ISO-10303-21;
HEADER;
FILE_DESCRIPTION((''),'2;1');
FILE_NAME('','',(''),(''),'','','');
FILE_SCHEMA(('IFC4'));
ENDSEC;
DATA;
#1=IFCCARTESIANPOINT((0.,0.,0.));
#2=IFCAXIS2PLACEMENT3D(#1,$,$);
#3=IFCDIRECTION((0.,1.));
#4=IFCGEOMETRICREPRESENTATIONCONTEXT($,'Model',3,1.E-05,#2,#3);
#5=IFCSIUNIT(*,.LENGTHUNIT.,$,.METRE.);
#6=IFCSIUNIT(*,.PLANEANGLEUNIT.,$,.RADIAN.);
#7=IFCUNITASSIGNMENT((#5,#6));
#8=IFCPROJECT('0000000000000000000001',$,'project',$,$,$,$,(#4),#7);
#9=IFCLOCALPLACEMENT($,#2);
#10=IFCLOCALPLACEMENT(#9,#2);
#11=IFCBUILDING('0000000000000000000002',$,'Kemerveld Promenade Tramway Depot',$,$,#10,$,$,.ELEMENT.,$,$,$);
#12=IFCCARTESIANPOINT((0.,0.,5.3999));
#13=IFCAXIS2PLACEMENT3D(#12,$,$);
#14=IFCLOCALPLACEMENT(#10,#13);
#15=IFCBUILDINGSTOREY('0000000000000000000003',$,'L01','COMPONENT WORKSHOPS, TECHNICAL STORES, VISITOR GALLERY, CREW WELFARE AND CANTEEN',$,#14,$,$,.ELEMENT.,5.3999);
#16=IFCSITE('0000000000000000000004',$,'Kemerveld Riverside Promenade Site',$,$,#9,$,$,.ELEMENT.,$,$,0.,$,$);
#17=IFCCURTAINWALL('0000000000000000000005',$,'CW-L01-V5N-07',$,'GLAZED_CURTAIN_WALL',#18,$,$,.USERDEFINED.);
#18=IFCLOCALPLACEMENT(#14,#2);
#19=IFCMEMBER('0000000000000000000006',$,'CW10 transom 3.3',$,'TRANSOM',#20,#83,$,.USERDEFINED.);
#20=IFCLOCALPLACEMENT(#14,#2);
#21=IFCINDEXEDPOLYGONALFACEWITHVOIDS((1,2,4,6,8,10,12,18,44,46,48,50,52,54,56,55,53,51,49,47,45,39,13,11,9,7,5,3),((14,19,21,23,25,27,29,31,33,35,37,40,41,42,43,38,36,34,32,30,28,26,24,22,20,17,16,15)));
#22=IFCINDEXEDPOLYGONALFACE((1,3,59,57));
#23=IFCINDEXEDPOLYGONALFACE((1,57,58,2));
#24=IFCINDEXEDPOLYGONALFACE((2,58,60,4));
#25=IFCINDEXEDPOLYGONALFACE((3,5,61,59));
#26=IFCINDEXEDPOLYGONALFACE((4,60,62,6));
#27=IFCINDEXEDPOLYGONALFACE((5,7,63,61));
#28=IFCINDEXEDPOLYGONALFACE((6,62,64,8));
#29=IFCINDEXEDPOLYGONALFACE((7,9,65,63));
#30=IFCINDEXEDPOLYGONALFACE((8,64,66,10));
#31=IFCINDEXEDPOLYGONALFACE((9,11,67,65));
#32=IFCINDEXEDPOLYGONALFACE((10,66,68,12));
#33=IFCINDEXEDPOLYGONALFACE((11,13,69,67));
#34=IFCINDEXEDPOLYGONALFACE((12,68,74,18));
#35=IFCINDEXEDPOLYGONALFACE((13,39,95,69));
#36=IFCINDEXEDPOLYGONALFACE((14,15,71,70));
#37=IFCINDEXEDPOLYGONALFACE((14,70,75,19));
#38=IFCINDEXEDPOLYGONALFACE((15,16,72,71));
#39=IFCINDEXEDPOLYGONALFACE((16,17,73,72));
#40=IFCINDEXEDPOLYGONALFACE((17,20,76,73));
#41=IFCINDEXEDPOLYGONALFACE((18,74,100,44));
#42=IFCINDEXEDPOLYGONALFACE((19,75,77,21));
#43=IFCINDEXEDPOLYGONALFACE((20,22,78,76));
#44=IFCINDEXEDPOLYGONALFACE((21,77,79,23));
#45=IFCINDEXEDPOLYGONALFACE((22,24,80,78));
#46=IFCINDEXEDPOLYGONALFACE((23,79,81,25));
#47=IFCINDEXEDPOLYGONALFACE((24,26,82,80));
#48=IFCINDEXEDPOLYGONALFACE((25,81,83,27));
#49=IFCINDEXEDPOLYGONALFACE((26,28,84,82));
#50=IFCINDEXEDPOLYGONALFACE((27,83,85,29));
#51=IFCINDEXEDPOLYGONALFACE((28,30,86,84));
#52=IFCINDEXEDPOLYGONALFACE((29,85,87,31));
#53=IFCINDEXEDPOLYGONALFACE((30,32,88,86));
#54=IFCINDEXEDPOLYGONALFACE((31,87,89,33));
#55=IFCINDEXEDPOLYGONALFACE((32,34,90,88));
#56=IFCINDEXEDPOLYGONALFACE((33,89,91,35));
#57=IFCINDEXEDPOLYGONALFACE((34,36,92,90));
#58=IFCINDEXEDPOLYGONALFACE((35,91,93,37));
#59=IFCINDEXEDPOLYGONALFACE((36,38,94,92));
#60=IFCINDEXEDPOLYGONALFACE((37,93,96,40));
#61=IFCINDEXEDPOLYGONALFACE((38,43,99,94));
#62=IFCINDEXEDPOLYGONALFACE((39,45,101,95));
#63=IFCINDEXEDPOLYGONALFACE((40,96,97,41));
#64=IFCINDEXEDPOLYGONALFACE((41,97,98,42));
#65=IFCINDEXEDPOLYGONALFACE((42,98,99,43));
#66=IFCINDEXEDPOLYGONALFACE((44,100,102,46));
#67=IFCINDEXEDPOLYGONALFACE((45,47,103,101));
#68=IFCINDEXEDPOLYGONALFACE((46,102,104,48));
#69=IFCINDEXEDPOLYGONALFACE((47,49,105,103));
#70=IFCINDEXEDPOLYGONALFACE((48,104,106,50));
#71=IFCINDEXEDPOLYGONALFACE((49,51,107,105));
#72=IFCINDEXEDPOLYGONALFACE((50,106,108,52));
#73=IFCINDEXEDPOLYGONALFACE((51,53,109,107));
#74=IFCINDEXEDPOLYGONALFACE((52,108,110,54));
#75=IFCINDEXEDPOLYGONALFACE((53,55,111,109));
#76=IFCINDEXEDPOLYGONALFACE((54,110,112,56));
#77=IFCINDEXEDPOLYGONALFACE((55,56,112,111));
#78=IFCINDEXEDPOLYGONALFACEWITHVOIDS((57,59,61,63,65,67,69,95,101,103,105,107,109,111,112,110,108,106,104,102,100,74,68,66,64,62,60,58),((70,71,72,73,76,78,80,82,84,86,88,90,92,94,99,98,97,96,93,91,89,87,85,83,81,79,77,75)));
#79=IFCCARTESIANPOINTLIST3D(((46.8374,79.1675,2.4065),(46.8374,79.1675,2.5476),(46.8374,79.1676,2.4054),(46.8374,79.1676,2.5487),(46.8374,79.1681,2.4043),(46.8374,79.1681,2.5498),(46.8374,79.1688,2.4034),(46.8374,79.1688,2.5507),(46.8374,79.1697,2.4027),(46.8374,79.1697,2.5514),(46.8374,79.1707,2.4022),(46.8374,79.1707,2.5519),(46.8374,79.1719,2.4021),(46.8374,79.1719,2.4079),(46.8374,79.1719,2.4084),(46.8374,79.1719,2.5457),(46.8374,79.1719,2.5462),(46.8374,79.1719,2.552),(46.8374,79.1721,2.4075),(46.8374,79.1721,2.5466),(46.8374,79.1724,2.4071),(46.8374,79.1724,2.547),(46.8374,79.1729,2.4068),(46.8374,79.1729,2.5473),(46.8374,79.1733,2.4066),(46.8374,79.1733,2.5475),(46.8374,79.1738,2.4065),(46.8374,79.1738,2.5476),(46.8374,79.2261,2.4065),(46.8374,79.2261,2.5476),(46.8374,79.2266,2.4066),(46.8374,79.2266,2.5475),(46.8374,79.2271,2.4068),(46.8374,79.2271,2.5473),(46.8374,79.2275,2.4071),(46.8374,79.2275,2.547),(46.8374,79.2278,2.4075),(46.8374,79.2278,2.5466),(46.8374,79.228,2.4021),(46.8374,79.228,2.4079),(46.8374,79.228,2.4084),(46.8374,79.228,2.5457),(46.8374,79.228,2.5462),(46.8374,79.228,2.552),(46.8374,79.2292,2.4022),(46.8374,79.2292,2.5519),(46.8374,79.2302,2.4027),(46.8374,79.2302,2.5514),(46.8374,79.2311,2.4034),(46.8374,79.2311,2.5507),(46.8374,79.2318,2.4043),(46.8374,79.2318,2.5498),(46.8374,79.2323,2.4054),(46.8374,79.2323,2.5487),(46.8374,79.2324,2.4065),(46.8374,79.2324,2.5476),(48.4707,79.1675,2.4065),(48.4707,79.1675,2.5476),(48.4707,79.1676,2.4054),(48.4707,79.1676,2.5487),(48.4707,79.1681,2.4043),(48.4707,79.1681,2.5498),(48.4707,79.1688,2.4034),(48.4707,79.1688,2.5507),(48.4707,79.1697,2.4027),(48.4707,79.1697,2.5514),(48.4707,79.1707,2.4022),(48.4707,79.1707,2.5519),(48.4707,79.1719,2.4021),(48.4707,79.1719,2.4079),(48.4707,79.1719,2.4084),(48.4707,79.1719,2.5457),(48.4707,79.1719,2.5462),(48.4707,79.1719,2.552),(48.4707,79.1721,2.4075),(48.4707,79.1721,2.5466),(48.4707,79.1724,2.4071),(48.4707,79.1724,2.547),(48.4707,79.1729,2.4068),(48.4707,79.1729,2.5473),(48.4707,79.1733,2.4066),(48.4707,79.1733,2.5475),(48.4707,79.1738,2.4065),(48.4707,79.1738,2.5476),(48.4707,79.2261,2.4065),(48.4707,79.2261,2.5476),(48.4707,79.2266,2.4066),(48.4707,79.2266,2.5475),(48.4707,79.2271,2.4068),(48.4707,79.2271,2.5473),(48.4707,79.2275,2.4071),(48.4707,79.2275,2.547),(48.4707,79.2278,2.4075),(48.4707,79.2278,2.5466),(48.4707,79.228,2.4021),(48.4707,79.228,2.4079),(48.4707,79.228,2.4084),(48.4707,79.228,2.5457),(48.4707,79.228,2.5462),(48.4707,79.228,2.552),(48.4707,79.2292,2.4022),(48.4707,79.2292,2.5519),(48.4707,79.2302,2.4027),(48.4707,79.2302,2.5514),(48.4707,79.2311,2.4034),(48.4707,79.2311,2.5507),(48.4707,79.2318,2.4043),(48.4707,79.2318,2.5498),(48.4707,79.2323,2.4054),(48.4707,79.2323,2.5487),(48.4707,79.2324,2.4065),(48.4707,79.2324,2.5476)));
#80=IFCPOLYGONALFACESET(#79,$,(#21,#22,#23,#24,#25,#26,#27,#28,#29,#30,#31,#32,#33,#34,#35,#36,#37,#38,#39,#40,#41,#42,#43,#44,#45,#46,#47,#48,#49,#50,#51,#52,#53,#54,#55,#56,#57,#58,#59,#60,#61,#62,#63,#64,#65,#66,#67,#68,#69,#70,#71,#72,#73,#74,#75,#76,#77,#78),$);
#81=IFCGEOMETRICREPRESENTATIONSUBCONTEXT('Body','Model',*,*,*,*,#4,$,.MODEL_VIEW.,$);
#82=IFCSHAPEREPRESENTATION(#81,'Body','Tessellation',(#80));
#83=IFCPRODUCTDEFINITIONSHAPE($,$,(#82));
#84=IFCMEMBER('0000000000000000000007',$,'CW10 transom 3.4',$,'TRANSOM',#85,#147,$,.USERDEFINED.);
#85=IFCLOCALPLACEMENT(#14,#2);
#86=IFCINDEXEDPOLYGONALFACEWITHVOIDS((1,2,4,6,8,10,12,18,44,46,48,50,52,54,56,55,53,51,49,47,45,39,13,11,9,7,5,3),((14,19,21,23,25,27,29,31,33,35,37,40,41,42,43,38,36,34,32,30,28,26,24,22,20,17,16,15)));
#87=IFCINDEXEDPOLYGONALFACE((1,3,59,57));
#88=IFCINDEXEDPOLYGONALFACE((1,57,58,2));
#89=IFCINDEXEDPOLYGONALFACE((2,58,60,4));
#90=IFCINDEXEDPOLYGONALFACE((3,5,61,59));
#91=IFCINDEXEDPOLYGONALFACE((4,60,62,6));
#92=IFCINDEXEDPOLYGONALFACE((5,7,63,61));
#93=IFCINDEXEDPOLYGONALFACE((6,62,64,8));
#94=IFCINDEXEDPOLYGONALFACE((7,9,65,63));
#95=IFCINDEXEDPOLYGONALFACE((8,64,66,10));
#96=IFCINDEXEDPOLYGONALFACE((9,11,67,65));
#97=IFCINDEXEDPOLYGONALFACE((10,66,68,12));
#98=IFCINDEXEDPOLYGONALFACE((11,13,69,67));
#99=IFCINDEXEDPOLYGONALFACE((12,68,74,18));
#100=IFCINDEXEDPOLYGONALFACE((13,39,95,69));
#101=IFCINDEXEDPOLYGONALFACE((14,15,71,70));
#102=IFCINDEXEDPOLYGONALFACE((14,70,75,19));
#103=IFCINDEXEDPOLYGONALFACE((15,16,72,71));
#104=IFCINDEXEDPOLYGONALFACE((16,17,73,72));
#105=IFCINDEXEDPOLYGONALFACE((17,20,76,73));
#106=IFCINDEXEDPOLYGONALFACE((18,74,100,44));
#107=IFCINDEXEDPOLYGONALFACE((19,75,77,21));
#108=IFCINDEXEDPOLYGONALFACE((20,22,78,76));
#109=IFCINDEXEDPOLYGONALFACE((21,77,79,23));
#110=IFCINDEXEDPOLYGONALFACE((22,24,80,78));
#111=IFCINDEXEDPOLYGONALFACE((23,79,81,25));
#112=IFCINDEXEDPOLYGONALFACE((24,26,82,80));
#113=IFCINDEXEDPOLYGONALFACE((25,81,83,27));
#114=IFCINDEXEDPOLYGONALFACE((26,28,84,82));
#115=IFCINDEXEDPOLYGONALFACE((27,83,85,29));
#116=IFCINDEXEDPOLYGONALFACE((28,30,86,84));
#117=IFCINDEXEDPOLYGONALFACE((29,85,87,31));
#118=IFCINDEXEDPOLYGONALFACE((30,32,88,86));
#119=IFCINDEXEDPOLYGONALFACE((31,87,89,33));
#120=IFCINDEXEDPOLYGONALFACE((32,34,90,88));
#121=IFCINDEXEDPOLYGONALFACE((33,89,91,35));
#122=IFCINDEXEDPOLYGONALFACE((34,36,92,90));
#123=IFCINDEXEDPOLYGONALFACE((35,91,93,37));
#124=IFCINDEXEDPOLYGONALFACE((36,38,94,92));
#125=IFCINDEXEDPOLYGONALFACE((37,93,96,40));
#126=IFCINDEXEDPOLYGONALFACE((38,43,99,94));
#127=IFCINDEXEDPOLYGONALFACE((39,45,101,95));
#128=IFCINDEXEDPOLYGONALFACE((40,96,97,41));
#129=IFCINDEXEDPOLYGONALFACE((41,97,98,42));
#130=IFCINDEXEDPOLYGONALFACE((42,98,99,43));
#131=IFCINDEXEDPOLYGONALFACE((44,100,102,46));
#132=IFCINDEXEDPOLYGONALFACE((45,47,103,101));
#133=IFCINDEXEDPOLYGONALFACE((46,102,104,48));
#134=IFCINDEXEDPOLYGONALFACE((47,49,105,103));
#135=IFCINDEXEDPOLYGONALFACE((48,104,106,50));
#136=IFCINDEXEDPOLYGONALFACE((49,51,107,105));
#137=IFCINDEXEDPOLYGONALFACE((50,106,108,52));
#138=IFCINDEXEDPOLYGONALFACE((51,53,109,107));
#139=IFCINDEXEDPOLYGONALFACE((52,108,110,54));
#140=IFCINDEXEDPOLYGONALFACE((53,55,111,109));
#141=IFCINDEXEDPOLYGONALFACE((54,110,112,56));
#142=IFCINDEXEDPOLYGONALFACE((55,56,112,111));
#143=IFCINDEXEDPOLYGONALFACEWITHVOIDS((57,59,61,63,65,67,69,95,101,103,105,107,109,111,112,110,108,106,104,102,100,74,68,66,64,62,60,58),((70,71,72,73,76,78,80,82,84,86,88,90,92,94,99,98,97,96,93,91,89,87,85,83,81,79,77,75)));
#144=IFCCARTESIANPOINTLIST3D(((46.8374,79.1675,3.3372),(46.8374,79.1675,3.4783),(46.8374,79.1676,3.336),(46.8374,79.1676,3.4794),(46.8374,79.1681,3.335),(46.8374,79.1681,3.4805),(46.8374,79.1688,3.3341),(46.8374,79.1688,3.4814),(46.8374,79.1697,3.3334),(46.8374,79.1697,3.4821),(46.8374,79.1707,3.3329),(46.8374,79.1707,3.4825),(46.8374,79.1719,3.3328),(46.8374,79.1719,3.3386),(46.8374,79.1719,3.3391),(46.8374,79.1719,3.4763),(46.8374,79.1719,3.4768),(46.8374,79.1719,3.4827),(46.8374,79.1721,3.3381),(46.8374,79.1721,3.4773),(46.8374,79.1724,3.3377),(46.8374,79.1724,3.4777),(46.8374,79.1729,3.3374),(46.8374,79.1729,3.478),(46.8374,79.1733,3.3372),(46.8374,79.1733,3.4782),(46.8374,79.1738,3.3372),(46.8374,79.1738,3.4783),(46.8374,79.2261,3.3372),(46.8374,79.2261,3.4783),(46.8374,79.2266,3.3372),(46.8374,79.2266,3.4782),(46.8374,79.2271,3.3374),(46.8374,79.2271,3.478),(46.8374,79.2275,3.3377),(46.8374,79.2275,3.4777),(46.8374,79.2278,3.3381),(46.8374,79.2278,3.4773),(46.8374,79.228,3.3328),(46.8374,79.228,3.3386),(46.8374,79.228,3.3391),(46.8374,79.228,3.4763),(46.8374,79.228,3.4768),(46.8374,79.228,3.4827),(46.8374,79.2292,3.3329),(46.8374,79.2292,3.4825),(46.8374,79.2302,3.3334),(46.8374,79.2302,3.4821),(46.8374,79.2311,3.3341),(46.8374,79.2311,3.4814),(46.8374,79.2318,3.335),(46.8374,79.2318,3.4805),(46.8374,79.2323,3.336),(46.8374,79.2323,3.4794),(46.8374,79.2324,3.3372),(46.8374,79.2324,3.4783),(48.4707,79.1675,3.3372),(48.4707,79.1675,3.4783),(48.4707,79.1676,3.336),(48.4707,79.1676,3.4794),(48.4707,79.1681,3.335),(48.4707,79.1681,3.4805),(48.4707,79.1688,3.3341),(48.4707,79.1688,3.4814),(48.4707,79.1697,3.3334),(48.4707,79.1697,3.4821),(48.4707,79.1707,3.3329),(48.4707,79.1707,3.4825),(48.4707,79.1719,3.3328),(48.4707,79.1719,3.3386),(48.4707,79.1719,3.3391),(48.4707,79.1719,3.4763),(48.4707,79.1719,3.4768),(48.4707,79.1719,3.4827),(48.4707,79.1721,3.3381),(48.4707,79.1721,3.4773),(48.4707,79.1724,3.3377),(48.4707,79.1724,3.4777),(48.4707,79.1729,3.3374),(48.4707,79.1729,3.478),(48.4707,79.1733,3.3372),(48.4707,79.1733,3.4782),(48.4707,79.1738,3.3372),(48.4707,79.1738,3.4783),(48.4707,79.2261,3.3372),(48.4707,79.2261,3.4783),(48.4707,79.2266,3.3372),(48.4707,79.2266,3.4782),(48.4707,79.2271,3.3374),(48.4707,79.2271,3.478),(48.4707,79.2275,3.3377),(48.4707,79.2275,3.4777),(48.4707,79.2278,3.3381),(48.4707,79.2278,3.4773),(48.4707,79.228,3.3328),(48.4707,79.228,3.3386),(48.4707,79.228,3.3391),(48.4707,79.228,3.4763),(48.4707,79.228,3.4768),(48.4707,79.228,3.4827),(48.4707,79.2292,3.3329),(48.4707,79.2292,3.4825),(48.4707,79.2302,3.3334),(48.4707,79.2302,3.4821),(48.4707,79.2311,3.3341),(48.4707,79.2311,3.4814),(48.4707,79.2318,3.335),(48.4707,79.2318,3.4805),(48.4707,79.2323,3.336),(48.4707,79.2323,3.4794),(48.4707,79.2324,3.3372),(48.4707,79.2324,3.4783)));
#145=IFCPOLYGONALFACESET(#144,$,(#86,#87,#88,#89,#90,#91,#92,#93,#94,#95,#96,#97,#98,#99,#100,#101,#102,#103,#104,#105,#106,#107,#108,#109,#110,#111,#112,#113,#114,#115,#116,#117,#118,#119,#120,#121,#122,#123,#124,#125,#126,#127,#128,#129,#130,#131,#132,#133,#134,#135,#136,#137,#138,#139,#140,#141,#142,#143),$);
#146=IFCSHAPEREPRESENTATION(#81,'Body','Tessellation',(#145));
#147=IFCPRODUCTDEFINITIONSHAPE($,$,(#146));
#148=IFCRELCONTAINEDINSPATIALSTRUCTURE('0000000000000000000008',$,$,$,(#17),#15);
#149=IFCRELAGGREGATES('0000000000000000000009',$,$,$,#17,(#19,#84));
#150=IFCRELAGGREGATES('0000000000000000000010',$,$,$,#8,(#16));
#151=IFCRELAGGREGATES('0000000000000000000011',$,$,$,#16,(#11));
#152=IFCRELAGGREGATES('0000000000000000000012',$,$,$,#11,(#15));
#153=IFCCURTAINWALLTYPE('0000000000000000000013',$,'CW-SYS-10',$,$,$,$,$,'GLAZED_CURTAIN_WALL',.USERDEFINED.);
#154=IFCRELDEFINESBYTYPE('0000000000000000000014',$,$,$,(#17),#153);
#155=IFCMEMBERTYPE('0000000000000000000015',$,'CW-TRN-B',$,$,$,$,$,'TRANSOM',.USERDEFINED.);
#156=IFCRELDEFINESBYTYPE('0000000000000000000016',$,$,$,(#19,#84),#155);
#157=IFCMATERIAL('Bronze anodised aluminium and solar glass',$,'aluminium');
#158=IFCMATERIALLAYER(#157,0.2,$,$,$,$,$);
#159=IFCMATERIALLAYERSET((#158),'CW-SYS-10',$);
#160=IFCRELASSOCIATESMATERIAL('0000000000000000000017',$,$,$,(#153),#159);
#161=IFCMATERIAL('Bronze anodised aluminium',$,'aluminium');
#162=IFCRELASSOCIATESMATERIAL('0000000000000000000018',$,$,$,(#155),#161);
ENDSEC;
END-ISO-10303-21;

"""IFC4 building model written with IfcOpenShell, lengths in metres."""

from ifc_helpers import new_model, si_unit, direction, frame, origin, origin_2d, place, context, subcontext, project, spatial, hollow_rectangle, extrude, material, layer, layer_set, material_profile, profile_set, type_object, element, aggregate, save


model = new_model("IFC4")

# Units and contexts
model_context = context("Model", 3, precision=1e-05, world=origin(), true_north=direction((0.0, 1.0)))
body_context = subcontext(model_context, "Body", "Model", "MODEL_VIEW")
ifc_project = project(units=[si_unit("LENGTHUNIT", "METRE"), si_unit("PLANEANGLEUNIT", "RADIAN")], contexts=[model_context])

# Site, building, storey
site_placement = place(None, origin())
site = spatial("IfcSite", under=ifc_project, at=site_placement, Name="Kemerveld Riverside Promenade Site", CompositionType="ELEMENT", RefElevation=0.0)
building_placement = place(site_placement, origin())
building = spatial("IfcBuilding", under=site, at=building_placement, Name="Kemerveld Promenade Tramway Depot", CompositionType="ELEMENT")
storey_placement = place(building_placement, frame((0.0, 0.0, 5.3999)))
storey = spatial("IfcBuildingStorey", under=building, at=storey_placement, Name="L01", Description="COMPONENT WORKSHOPS, TECHNICAL STORES, VISITOR GALLERY, CREW WELFARE AND CANTEEN", CompositionType="ELEMENT", Elevation=5.3999)

# Curtain wall, members
ifc_material_1 = material(Name="Bronze anodised aluminium and solar glass", Category="aluminium")
ifc_layer_1 = layer(ifc_material_1, 0.2)
ifc_layer_set_1 = layer_set([ifc_layer_1], Name="CW-SYS-10")
curtain_wall_type = type_object("IfcCurtainWallType", Name="CW-SYS-10", ElementType="GLAZED_CURTAIN_WALL", PredefinedType="USERDEFINED", material=ifc_layer_set_1)
curtain_wall_placement = place(storey_placement, origin())
curtain_wall = element("IfcCurtainWall", 1, at=curtain_wall_placement, inside=storey, type_object=curtain_wall_type, Name="CW-L01-V5N-07", ObjectType="GLAZED_CURTAIN_WALL", PredefinedType="USERDEFINED")
ifc_material_2 = material(Name="Bronze anodised aluminium", Category="aluminium")
ifc_material_profile_1 = material_profile(ifc_material_2, hollow_rectangle(XDim=0.0649, YDim=0.1499, WallThickness=0.0044, InnerFilletRadius=0.002, OuterFilletRadius=0.0044, at=origin_2d()), Name="CW-TRN-150x65")
ifc_profile_set_1 = profile_set([ifc_material_profile_1], Name="Bronze anodised aluminium")
member_type_1 = type_object("IfcMemberType", Name="CW-TRN-B", ElementType="TRANSOM", PredefinedType="USERDEFINED", material=ifc_profile_set_1)
member_1_placement = place(storey_placement, frame((46.8374, 79.2, 2.4771), z_axis=(1.0, 0.0, 0.0), x_axis=(0.0, 1.0, 0.0)))
member_1 = element("IfcMember", 2, at=member_1_placement, type_object=member_type_1, Name="CW10 transom 3.3", ObjectType="TRANSOM", PredefinedType="USERDEFINED", context=body_context, shape_type="SweptSolid", body=[
    extrude(hollow_rectangle(XDim=0.0649, YDim=0.1499, WallThickness=0.0044, InnerFilletRadius=0.002, OuterFilletRadius=0.0044, at=origin_2d()), origin(), (0.0, 0.0, 1.0), 1.6333),
])
member_2_placement = place(storey_placement, frame((46.8374, 79.2, 3.4077), z_axis=(1.0, 0.0, 0.0), x_axis=(0.0, 1.0, 0.0)))
member_2 = element("IfcMember", 3, at=member_2_placement, type_object=member_type_1, Name="CW10 transom 3.4", ObjectType="TRANSOM", PredefinedType="USERDEFINED", context=body_context, shape_type="SweptSolid", body=[
    extrude(hollow_rectangle(XDim=0.0649, YDim=0.1499, WallThickness=0.0044, InnerFilletRadius=0.002, OuterFilletRadius=0.0044, at=origin_2d()), origin(), (0.0, 0.0, 1.0), 1.6333),
])
aggregate(curtain_wall, [member_1, member_2])

save(model, "model.ifc")
